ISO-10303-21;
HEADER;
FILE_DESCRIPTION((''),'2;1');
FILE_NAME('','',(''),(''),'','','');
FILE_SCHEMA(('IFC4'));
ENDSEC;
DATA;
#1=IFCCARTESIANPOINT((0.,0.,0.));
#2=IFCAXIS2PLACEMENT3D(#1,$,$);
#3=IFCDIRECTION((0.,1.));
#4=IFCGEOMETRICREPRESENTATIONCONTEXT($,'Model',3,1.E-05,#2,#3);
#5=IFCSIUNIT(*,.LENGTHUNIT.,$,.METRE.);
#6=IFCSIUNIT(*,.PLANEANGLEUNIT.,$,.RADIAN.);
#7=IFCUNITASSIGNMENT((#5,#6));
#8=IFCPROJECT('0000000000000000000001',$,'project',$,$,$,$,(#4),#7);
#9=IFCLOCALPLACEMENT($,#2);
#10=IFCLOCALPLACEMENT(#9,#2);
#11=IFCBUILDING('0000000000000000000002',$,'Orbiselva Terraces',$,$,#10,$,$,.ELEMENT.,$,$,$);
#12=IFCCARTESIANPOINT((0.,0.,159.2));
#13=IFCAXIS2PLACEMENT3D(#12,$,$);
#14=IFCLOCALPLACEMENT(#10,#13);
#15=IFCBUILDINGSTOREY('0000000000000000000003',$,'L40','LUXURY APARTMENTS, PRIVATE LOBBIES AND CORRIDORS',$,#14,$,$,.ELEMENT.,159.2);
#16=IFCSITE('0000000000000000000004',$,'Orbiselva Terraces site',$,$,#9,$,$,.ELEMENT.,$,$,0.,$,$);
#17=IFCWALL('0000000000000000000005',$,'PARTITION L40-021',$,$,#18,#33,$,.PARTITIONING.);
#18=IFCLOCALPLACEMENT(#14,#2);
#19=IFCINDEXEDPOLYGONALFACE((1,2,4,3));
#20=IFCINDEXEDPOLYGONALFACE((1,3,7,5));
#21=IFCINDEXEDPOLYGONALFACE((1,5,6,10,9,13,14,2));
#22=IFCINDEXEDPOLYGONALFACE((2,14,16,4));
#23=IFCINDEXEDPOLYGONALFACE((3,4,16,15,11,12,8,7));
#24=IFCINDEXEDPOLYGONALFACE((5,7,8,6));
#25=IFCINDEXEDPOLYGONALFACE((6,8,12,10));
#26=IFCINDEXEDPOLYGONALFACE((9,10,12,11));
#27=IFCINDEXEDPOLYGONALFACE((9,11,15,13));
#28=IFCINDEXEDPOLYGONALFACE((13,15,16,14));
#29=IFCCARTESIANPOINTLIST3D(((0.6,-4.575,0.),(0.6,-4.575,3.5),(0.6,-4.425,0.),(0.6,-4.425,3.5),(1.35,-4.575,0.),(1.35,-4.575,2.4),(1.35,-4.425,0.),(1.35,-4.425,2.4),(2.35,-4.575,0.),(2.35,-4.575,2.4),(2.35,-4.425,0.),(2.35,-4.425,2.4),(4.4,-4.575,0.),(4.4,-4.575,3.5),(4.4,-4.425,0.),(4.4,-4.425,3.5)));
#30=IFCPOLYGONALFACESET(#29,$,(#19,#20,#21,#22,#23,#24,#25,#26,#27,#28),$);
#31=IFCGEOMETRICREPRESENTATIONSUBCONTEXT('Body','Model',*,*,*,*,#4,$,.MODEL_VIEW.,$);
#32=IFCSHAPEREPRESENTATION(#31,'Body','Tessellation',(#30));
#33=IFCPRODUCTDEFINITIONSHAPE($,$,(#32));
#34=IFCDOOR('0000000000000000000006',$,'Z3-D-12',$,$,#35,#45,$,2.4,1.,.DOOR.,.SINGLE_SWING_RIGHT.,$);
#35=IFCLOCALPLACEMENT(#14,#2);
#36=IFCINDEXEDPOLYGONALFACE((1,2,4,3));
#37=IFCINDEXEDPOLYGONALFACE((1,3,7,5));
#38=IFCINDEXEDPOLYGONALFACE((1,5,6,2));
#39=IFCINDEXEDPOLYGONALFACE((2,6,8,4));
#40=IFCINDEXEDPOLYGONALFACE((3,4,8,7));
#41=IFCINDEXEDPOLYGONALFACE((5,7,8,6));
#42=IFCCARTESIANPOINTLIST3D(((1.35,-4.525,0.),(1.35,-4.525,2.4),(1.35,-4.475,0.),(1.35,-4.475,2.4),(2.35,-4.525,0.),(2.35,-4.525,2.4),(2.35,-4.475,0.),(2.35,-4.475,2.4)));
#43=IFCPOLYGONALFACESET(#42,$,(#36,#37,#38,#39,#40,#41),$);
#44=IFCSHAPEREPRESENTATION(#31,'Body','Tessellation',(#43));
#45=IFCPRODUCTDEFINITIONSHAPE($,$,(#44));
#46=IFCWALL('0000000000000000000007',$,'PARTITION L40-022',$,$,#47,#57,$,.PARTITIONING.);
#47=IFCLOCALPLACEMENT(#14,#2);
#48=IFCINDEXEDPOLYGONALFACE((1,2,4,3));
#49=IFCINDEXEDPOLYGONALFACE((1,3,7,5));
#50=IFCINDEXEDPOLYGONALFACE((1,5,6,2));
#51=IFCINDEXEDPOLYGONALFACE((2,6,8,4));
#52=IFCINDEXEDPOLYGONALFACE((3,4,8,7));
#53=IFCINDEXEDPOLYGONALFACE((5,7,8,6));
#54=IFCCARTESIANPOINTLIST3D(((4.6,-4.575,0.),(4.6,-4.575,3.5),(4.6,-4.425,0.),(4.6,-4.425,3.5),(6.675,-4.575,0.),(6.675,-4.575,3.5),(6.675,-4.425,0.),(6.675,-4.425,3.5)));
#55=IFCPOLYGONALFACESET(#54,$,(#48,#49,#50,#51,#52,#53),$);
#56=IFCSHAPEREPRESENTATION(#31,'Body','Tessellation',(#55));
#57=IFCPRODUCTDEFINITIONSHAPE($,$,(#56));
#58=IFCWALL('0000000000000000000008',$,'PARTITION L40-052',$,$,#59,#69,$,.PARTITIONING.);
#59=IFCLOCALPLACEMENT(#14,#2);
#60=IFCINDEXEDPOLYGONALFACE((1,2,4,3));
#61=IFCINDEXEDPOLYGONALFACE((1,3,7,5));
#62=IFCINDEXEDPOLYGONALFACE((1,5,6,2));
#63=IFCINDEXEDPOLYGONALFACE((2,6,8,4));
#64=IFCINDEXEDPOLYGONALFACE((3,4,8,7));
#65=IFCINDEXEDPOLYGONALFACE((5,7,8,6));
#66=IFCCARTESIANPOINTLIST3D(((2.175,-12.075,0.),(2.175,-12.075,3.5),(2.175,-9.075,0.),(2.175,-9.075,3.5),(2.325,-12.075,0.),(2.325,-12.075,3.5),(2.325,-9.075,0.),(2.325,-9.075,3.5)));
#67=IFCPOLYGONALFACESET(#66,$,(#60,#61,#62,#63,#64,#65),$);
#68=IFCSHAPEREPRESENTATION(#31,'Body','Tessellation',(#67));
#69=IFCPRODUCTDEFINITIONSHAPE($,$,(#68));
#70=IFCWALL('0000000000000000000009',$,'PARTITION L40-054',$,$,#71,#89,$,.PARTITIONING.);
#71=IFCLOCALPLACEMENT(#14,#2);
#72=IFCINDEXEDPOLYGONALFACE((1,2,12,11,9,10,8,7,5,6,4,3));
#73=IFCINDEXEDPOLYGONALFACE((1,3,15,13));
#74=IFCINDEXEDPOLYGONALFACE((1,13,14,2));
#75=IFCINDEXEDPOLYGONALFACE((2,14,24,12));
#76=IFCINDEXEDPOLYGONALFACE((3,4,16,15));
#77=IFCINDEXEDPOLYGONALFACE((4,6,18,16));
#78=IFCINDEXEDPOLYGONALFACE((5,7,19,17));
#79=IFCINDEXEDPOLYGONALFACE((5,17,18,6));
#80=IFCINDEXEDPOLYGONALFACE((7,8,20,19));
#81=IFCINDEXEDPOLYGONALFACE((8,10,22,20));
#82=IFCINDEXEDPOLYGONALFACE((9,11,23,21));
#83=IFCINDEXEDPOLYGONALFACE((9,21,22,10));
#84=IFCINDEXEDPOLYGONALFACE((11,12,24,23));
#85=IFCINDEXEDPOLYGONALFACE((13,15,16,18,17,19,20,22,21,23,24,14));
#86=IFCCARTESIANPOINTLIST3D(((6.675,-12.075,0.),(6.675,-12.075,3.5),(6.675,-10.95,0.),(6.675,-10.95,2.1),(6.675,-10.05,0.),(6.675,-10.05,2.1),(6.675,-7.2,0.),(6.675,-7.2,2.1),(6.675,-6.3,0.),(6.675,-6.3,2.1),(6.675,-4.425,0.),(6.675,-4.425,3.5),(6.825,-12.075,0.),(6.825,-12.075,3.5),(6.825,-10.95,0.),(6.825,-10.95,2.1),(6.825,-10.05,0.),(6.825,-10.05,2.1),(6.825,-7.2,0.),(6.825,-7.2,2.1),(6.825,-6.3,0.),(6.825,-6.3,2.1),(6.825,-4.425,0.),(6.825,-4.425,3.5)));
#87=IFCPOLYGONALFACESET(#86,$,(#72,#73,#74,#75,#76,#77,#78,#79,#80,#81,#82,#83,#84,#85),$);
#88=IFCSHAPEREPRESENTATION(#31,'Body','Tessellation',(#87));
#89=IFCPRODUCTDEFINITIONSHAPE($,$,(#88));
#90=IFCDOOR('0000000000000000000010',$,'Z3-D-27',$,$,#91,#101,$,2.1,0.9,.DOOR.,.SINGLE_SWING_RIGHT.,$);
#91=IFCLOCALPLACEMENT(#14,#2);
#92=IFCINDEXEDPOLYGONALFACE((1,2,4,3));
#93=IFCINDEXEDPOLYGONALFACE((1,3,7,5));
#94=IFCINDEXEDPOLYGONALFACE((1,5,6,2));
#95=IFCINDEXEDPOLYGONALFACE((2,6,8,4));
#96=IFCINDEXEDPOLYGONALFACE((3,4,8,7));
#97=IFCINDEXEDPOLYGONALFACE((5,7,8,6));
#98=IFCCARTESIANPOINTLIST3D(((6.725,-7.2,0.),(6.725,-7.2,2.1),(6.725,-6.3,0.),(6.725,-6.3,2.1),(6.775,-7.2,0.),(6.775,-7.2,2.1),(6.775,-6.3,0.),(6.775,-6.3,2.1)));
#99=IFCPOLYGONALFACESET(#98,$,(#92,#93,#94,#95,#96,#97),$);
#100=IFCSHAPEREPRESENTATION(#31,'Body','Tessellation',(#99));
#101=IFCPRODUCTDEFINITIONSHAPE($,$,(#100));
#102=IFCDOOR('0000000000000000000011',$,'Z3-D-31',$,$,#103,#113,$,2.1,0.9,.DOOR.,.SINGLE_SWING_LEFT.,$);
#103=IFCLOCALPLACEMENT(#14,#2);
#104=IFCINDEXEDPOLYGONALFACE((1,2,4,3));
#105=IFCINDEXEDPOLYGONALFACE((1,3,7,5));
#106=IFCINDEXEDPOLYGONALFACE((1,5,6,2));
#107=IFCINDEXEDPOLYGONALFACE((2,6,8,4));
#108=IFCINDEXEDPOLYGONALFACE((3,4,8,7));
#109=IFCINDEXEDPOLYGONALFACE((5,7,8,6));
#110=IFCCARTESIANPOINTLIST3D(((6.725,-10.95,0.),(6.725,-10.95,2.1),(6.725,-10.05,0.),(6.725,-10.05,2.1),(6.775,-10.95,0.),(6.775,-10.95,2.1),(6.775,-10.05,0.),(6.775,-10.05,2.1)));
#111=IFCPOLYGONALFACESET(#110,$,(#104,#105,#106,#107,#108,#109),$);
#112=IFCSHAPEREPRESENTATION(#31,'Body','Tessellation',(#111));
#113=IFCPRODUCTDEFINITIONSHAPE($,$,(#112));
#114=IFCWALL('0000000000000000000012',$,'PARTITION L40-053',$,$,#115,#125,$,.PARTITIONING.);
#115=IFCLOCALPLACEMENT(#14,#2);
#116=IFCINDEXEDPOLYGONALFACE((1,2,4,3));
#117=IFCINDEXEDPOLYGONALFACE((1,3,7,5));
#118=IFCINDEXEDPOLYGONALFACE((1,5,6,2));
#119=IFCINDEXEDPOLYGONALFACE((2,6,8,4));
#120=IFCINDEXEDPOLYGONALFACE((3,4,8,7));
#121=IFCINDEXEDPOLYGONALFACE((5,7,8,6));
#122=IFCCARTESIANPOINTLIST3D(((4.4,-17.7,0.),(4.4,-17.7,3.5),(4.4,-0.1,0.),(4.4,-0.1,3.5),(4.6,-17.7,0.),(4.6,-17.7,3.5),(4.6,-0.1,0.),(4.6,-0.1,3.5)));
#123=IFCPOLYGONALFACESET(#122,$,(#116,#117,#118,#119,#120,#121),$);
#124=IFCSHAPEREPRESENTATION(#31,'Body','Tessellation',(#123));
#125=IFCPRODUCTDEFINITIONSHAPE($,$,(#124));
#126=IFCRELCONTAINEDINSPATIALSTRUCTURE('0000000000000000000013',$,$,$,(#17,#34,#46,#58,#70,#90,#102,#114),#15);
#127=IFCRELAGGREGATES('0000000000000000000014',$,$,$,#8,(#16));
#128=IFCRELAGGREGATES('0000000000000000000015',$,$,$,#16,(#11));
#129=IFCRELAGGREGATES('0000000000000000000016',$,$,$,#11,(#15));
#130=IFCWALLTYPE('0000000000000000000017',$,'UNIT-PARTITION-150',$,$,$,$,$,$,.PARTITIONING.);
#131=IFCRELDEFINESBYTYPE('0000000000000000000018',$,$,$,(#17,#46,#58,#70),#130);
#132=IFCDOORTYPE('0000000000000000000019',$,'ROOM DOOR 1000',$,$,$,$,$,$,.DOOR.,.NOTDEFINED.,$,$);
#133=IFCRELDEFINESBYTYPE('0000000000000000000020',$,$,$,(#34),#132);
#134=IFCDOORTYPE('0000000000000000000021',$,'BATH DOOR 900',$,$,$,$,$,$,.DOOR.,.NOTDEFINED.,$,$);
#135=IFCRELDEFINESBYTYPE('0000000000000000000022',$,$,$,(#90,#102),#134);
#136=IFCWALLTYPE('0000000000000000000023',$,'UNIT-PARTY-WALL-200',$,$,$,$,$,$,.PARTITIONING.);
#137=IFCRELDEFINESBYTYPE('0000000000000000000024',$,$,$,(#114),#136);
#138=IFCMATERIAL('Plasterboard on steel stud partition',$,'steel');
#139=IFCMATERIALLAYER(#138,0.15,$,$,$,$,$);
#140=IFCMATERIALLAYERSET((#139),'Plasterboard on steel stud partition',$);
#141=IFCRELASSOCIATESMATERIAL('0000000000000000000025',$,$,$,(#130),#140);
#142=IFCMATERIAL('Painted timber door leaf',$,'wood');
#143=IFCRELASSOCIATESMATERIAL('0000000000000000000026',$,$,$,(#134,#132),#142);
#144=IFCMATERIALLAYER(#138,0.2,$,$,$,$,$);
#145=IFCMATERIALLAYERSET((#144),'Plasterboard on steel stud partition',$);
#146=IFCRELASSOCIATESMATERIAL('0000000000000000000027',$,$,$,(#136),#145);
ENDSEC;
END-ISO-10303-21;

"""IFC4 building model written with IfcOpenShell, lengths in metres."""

from ifc_helpers import new_model, si_unit, direction, frame, frame_2d, origin, place, context, subcontext, project, spatial, rectangle, extrude, material, layer, layer_set, type_object, element, fill, save


model = new_model("IFC4")

# Units and contexts
model_context = context("Model", 3, precision=1e-05, world=origin(), true_north=direction((0.0, 1.0)))
body_context = subcontext(model_context, "Body", "Model", "MODEL_VIEW")
ifc_project = project(units=[si_unit("LENGTHUNIT", "METRE"), si_unit("PLANEANGLEUNIT", "RADIAN")], contexts=[model_context])

# Site, building, storey
site_placement = place(None, origin())
site = spatial("IfcSite", under=ifc_project, at=site_placement, Name="Orbiselva Terraces site", CompositionType="ELEMENT", RefElevation=0.0)
building_placement = place(site_placement, origin())
building = spatial("IfcBuilding", under=site, at=building_placement, Name="Orbiselva Terraces", CompositionType="ELEMENT")
storey_placement = place(building_placement, frame((0.0, 0.0, 159.2)))
storey = spatial("IfcBuildingStorey", under=building, at=storey_placement, Name="L40", Description="LUXURY APARTMENTS, PRIVATE LOBBIES AND CORRIDORS", CompositionType="ELEMENT", Elevation=159.2)

# Shared definitions
ifc_material_1 = material(Name="Plasterboard on steel stud partition", Category="steel")
ifc_layer_1 = layer(ifc_material_1, 0.15)
ifc_layer_set_1 = layer_set([ifc_layer_1], Name="Plasterboard on steel stud partition")
wall_type_1 = type_object("IfcWallType", Name="UNIT-PARTITION-150", PredefinedType="PARTITIONING", material=ifc_layer_set_1)
ifc_material_2 = material(Name="Painted timber door leaf", Category="wood")
door_type_1 = type_object("IfcDoorType", Name="BATH DOOR 900", OperationType="NOTDEFINED", PredefinedType="DOOR", material=ifc_material_2)

# Wall, opening, door
door_type_2 = type_object("IfcDoorType", Name="ROOM DOOR 1000", OperationType="NOTDEFINED", PredefinedType="DOOR", material=ifc_material_2)
wall_1_placement = place(storey_placement, frame((4.4, -4.5, 0.0), z_axis=(0.0, 0.0, 1.0), x_axis=(-1.0, 0.0, 0.0)))
wall_1 = element("IfcWall", 1, at=wall_1_placement, inside=storey, type_object=wall_type_1, Name="PARTITION L40-021", PredefinedType="PARTITIONING", context=body_context, shape_type="SweptSolid", body=[
    extrude(rectangle(XDim=3.8, YDim=0.15, at=frame_2d((1.9, 0.0))), origin(), (0.0, 0.0, 1.0), 3.5),
])
opening_1_placement = place(wall_1_placement, frame((2.05, 0.0, 0.0)))
opening_1 = element("IfcOpeningElement", 2, at=opening_1_placement, cuts=wall_1, PredefinedType="OPENING", context=body_context, shape_type="SweptSolid", body=[
    extrude(rectangle(XDim=1.0, YDim=2.4, at=frame_2d((0.5, 1.2))), frame((0.0, 0.085, 0.0), z_axis=(0.0, -1.0, 0.0), x_axis=(1.0, 0.0, 0.0)), (0.0, 0.0, 1.0), 0.17),
])
door_1_placement = place(opening_1_placement, origin())
door_1 = element("IfcDoor", 3, at=door_1_placement, inside=storey, type_object=door_type_2, Name="Z3-D-12", OperationType="SINGLE_SWING_RIGHT", OverallHeight=2.4, OverallWidth=1.0, PredefinedType="DOOR", context=body_context, shape_type="SweptSolid", body=[
    extrude(rectangle(XDim=1.0, YDim=2.4, at=frame_2d((0.5, 1.2))), frame((0.0, 0.025, 0.0), z_axis=(0.0, -1.0, 0.0), x_axis=(1.0, 0.0, 0.0)), (0.0, 0.0, 1.0), 0.05),
])
fill(opening_1, door_1)

# Walls
wall_2_placement = place(storey_placement, frame((4.6, -4.5, 0.0), z_axis=(0.0, 0.0, 1.0), x_axis=(1.0, 0.0, 0.0)))
element("IfcWall", 4, at=wall_2_placement, inside=storey, type_object=wall_type_1, Name="PARTITION L40-022", PredefinedType="PARTITIONING", context=body_context, shape_type="SweptSolid", body=[
    extrude(rectangle(XDim=2.075, YDim=0.15, at=frame_2d((1.0375, 0.0))), origin(), (0.0, 0.0, 1.0), 3.5),
])
wall_3_placement = place(storey_placement, frame((2.25, -12.075, 0.0), z_axis=(0.0, 0.0, 1.0), x_axis=(0.0, 1.0, 0.0)))
element("IfcWall", 5, at=wall_3_placement, inside=storey, type_object=wall_type_1, Name="PARTITION L40-052", PredefinedType="PARTITIONING", context=body_context, shape_type="SweptSolid", body=[
    extrude(rectangle(XDim=3.0, YDim=0.15, at=frame_2d((1.5, 0.0))), origin(), (0.0, 0.0, 1.0), 3.5),
])

# Wall, openings, doors
wall_4_placement = place(storey_placement, frame((6.75, -12.075, 0.0), z_axis=(0.0, 0.0, 1.0), x_axis=(0.0, 1.0, 0.0)))
wall_4 = element("IfcWall", 6, at=wall_4_placement, inside=storey, type_object=wall_type_1, Name="PARTITION L40-054", PredefinedType="PARTITIONING", context=body_context, shape_type="SweptSolid", body=[
    extrude(rectangle(XDim=7.65, YDim=0.15, at=frame_2d((3.825, 0.0))), origin(), (0.0, 0.0, 1.0), 3.5),
])
opening_2_placement = place(wall_4_placement, frame((4.875, 0.0, 0.0)))
opening_2 = element("IfcOpeningElement", 7, at=opening_2_placement, cuts=wall_4, PredefinedType="OPENING", context=body_context, shape_type="SweptSolid", body=[
    extrude(rectangle(XDim=0.9, YDim=2.1, at=frame_2d((0.45, 1.05))), frame((0.0, 0.085, 0.0), z_axis=(0.0, -1.0, 0.0), x_axis=(1.0, 0.0, 0.0)), (0.0, 0.0, 1.0), 0.17),
])
opening_3_placement = place(wall_4_placement, frame((1.125, 0.0, 0.0)))
opening_3 = element("IfcOpeningElement", 8, at=opening_3_placement, cuts=wall_4, PredefinedType="OPENING", context=body_context, shape_type="SweptSolid", body=[
    extrude(rectangle(XDim=0.9, YDim=2.1, at=frame_2d((0.45, 1.05))), frame((0.0, 0.085, 0.0), z_axis=(0.0, -1.0, 0.0), x_axis=(1.0, 0.0, 0.0)), (0.0, 0.0, 1.0), 0.17),
])
door_2_placement = place(opening_2_placement, origin())
door_2 = element("IfcDoor", 9, at=door_2_placement, inside=storey, type_object=door_type_1, Name="Z3-D-27", OperationType="SINGLE_SWING_RIGHT", OverallHeight=2.1, OverallWidth=0.9, PredefinedType="DOOR", context=body_context, shape_type="SweptSolid", body=[
    extrude(rectangle(XDim=0.9, YDim=2.1, at=frame_2d((0.45, 1.05))), frame((0.0, 0.025, 0.0), z_axis=(0.0, -1.0, 0.0), x_axis=(1.0, 0.0, 0.0)), (0.0, 0.0, 1.0), 0.05),
])
fill(opening_2, door_2)
door_3_placement = place(opening_3_placement, origin())
door_3 = element("IfcDoor", 10, at=door_3_placement, inside=storey, type_object=door_type_1, Name="Z3-D-31", OperationType="SINGLE_SWING_LEFT", OverallHeight=2.1, OverallWidth=0.9, PredefinedType="DOOR", context=body_context, shape_type="SweptSolid", body=[
    extrude(rectangle(XDim=0.9, YDim=2.1, at=frame_2d((0.45, 1.05))), frame((0.0, 0.025, 0.0), z_axis=(0.0, -1.0, 0.0), x_axis=(1.0, 0.0, 0.0)), (0.0, 0.0, 1.0), 0.05),
])
fill(opening_3, door_3)

# Wall
ifc_layer_2 = layer(ifc_material_1, 0.2)
ifc_layer_set_2 = layer_set([ifc_layer_2], Name="Plasterboard on steel stud partition")
wall_type_2 = type_object("IfcWallType", Name="UNIT-PARTY-WALL-200", PredefinedType="PARTITIONING", material=ifc_layer_set_2)
wall_5_placement = place(storey_placement, frame((4.5, -17.7, 0.0), z_axis=(0.0, 0.0, 1.0), x_axis=(0.0, 1.0, 0.0)))
element("IfcWall", 11, at=wall_5_placement, inside=storey, type_object=wall_type_2, Name="PARTITION L40-053", PredefinedType="PARTITIONING", context=body_context, shape_type="SweptSolid", body=[
    extrude(rectangle(XDim=17.6, YDim=0.2, at=frame_2d((8.8, 0.0))), origin(), (0.0, 0.0, 1.0), 3.5),
])

save(model, "model.ifc")
